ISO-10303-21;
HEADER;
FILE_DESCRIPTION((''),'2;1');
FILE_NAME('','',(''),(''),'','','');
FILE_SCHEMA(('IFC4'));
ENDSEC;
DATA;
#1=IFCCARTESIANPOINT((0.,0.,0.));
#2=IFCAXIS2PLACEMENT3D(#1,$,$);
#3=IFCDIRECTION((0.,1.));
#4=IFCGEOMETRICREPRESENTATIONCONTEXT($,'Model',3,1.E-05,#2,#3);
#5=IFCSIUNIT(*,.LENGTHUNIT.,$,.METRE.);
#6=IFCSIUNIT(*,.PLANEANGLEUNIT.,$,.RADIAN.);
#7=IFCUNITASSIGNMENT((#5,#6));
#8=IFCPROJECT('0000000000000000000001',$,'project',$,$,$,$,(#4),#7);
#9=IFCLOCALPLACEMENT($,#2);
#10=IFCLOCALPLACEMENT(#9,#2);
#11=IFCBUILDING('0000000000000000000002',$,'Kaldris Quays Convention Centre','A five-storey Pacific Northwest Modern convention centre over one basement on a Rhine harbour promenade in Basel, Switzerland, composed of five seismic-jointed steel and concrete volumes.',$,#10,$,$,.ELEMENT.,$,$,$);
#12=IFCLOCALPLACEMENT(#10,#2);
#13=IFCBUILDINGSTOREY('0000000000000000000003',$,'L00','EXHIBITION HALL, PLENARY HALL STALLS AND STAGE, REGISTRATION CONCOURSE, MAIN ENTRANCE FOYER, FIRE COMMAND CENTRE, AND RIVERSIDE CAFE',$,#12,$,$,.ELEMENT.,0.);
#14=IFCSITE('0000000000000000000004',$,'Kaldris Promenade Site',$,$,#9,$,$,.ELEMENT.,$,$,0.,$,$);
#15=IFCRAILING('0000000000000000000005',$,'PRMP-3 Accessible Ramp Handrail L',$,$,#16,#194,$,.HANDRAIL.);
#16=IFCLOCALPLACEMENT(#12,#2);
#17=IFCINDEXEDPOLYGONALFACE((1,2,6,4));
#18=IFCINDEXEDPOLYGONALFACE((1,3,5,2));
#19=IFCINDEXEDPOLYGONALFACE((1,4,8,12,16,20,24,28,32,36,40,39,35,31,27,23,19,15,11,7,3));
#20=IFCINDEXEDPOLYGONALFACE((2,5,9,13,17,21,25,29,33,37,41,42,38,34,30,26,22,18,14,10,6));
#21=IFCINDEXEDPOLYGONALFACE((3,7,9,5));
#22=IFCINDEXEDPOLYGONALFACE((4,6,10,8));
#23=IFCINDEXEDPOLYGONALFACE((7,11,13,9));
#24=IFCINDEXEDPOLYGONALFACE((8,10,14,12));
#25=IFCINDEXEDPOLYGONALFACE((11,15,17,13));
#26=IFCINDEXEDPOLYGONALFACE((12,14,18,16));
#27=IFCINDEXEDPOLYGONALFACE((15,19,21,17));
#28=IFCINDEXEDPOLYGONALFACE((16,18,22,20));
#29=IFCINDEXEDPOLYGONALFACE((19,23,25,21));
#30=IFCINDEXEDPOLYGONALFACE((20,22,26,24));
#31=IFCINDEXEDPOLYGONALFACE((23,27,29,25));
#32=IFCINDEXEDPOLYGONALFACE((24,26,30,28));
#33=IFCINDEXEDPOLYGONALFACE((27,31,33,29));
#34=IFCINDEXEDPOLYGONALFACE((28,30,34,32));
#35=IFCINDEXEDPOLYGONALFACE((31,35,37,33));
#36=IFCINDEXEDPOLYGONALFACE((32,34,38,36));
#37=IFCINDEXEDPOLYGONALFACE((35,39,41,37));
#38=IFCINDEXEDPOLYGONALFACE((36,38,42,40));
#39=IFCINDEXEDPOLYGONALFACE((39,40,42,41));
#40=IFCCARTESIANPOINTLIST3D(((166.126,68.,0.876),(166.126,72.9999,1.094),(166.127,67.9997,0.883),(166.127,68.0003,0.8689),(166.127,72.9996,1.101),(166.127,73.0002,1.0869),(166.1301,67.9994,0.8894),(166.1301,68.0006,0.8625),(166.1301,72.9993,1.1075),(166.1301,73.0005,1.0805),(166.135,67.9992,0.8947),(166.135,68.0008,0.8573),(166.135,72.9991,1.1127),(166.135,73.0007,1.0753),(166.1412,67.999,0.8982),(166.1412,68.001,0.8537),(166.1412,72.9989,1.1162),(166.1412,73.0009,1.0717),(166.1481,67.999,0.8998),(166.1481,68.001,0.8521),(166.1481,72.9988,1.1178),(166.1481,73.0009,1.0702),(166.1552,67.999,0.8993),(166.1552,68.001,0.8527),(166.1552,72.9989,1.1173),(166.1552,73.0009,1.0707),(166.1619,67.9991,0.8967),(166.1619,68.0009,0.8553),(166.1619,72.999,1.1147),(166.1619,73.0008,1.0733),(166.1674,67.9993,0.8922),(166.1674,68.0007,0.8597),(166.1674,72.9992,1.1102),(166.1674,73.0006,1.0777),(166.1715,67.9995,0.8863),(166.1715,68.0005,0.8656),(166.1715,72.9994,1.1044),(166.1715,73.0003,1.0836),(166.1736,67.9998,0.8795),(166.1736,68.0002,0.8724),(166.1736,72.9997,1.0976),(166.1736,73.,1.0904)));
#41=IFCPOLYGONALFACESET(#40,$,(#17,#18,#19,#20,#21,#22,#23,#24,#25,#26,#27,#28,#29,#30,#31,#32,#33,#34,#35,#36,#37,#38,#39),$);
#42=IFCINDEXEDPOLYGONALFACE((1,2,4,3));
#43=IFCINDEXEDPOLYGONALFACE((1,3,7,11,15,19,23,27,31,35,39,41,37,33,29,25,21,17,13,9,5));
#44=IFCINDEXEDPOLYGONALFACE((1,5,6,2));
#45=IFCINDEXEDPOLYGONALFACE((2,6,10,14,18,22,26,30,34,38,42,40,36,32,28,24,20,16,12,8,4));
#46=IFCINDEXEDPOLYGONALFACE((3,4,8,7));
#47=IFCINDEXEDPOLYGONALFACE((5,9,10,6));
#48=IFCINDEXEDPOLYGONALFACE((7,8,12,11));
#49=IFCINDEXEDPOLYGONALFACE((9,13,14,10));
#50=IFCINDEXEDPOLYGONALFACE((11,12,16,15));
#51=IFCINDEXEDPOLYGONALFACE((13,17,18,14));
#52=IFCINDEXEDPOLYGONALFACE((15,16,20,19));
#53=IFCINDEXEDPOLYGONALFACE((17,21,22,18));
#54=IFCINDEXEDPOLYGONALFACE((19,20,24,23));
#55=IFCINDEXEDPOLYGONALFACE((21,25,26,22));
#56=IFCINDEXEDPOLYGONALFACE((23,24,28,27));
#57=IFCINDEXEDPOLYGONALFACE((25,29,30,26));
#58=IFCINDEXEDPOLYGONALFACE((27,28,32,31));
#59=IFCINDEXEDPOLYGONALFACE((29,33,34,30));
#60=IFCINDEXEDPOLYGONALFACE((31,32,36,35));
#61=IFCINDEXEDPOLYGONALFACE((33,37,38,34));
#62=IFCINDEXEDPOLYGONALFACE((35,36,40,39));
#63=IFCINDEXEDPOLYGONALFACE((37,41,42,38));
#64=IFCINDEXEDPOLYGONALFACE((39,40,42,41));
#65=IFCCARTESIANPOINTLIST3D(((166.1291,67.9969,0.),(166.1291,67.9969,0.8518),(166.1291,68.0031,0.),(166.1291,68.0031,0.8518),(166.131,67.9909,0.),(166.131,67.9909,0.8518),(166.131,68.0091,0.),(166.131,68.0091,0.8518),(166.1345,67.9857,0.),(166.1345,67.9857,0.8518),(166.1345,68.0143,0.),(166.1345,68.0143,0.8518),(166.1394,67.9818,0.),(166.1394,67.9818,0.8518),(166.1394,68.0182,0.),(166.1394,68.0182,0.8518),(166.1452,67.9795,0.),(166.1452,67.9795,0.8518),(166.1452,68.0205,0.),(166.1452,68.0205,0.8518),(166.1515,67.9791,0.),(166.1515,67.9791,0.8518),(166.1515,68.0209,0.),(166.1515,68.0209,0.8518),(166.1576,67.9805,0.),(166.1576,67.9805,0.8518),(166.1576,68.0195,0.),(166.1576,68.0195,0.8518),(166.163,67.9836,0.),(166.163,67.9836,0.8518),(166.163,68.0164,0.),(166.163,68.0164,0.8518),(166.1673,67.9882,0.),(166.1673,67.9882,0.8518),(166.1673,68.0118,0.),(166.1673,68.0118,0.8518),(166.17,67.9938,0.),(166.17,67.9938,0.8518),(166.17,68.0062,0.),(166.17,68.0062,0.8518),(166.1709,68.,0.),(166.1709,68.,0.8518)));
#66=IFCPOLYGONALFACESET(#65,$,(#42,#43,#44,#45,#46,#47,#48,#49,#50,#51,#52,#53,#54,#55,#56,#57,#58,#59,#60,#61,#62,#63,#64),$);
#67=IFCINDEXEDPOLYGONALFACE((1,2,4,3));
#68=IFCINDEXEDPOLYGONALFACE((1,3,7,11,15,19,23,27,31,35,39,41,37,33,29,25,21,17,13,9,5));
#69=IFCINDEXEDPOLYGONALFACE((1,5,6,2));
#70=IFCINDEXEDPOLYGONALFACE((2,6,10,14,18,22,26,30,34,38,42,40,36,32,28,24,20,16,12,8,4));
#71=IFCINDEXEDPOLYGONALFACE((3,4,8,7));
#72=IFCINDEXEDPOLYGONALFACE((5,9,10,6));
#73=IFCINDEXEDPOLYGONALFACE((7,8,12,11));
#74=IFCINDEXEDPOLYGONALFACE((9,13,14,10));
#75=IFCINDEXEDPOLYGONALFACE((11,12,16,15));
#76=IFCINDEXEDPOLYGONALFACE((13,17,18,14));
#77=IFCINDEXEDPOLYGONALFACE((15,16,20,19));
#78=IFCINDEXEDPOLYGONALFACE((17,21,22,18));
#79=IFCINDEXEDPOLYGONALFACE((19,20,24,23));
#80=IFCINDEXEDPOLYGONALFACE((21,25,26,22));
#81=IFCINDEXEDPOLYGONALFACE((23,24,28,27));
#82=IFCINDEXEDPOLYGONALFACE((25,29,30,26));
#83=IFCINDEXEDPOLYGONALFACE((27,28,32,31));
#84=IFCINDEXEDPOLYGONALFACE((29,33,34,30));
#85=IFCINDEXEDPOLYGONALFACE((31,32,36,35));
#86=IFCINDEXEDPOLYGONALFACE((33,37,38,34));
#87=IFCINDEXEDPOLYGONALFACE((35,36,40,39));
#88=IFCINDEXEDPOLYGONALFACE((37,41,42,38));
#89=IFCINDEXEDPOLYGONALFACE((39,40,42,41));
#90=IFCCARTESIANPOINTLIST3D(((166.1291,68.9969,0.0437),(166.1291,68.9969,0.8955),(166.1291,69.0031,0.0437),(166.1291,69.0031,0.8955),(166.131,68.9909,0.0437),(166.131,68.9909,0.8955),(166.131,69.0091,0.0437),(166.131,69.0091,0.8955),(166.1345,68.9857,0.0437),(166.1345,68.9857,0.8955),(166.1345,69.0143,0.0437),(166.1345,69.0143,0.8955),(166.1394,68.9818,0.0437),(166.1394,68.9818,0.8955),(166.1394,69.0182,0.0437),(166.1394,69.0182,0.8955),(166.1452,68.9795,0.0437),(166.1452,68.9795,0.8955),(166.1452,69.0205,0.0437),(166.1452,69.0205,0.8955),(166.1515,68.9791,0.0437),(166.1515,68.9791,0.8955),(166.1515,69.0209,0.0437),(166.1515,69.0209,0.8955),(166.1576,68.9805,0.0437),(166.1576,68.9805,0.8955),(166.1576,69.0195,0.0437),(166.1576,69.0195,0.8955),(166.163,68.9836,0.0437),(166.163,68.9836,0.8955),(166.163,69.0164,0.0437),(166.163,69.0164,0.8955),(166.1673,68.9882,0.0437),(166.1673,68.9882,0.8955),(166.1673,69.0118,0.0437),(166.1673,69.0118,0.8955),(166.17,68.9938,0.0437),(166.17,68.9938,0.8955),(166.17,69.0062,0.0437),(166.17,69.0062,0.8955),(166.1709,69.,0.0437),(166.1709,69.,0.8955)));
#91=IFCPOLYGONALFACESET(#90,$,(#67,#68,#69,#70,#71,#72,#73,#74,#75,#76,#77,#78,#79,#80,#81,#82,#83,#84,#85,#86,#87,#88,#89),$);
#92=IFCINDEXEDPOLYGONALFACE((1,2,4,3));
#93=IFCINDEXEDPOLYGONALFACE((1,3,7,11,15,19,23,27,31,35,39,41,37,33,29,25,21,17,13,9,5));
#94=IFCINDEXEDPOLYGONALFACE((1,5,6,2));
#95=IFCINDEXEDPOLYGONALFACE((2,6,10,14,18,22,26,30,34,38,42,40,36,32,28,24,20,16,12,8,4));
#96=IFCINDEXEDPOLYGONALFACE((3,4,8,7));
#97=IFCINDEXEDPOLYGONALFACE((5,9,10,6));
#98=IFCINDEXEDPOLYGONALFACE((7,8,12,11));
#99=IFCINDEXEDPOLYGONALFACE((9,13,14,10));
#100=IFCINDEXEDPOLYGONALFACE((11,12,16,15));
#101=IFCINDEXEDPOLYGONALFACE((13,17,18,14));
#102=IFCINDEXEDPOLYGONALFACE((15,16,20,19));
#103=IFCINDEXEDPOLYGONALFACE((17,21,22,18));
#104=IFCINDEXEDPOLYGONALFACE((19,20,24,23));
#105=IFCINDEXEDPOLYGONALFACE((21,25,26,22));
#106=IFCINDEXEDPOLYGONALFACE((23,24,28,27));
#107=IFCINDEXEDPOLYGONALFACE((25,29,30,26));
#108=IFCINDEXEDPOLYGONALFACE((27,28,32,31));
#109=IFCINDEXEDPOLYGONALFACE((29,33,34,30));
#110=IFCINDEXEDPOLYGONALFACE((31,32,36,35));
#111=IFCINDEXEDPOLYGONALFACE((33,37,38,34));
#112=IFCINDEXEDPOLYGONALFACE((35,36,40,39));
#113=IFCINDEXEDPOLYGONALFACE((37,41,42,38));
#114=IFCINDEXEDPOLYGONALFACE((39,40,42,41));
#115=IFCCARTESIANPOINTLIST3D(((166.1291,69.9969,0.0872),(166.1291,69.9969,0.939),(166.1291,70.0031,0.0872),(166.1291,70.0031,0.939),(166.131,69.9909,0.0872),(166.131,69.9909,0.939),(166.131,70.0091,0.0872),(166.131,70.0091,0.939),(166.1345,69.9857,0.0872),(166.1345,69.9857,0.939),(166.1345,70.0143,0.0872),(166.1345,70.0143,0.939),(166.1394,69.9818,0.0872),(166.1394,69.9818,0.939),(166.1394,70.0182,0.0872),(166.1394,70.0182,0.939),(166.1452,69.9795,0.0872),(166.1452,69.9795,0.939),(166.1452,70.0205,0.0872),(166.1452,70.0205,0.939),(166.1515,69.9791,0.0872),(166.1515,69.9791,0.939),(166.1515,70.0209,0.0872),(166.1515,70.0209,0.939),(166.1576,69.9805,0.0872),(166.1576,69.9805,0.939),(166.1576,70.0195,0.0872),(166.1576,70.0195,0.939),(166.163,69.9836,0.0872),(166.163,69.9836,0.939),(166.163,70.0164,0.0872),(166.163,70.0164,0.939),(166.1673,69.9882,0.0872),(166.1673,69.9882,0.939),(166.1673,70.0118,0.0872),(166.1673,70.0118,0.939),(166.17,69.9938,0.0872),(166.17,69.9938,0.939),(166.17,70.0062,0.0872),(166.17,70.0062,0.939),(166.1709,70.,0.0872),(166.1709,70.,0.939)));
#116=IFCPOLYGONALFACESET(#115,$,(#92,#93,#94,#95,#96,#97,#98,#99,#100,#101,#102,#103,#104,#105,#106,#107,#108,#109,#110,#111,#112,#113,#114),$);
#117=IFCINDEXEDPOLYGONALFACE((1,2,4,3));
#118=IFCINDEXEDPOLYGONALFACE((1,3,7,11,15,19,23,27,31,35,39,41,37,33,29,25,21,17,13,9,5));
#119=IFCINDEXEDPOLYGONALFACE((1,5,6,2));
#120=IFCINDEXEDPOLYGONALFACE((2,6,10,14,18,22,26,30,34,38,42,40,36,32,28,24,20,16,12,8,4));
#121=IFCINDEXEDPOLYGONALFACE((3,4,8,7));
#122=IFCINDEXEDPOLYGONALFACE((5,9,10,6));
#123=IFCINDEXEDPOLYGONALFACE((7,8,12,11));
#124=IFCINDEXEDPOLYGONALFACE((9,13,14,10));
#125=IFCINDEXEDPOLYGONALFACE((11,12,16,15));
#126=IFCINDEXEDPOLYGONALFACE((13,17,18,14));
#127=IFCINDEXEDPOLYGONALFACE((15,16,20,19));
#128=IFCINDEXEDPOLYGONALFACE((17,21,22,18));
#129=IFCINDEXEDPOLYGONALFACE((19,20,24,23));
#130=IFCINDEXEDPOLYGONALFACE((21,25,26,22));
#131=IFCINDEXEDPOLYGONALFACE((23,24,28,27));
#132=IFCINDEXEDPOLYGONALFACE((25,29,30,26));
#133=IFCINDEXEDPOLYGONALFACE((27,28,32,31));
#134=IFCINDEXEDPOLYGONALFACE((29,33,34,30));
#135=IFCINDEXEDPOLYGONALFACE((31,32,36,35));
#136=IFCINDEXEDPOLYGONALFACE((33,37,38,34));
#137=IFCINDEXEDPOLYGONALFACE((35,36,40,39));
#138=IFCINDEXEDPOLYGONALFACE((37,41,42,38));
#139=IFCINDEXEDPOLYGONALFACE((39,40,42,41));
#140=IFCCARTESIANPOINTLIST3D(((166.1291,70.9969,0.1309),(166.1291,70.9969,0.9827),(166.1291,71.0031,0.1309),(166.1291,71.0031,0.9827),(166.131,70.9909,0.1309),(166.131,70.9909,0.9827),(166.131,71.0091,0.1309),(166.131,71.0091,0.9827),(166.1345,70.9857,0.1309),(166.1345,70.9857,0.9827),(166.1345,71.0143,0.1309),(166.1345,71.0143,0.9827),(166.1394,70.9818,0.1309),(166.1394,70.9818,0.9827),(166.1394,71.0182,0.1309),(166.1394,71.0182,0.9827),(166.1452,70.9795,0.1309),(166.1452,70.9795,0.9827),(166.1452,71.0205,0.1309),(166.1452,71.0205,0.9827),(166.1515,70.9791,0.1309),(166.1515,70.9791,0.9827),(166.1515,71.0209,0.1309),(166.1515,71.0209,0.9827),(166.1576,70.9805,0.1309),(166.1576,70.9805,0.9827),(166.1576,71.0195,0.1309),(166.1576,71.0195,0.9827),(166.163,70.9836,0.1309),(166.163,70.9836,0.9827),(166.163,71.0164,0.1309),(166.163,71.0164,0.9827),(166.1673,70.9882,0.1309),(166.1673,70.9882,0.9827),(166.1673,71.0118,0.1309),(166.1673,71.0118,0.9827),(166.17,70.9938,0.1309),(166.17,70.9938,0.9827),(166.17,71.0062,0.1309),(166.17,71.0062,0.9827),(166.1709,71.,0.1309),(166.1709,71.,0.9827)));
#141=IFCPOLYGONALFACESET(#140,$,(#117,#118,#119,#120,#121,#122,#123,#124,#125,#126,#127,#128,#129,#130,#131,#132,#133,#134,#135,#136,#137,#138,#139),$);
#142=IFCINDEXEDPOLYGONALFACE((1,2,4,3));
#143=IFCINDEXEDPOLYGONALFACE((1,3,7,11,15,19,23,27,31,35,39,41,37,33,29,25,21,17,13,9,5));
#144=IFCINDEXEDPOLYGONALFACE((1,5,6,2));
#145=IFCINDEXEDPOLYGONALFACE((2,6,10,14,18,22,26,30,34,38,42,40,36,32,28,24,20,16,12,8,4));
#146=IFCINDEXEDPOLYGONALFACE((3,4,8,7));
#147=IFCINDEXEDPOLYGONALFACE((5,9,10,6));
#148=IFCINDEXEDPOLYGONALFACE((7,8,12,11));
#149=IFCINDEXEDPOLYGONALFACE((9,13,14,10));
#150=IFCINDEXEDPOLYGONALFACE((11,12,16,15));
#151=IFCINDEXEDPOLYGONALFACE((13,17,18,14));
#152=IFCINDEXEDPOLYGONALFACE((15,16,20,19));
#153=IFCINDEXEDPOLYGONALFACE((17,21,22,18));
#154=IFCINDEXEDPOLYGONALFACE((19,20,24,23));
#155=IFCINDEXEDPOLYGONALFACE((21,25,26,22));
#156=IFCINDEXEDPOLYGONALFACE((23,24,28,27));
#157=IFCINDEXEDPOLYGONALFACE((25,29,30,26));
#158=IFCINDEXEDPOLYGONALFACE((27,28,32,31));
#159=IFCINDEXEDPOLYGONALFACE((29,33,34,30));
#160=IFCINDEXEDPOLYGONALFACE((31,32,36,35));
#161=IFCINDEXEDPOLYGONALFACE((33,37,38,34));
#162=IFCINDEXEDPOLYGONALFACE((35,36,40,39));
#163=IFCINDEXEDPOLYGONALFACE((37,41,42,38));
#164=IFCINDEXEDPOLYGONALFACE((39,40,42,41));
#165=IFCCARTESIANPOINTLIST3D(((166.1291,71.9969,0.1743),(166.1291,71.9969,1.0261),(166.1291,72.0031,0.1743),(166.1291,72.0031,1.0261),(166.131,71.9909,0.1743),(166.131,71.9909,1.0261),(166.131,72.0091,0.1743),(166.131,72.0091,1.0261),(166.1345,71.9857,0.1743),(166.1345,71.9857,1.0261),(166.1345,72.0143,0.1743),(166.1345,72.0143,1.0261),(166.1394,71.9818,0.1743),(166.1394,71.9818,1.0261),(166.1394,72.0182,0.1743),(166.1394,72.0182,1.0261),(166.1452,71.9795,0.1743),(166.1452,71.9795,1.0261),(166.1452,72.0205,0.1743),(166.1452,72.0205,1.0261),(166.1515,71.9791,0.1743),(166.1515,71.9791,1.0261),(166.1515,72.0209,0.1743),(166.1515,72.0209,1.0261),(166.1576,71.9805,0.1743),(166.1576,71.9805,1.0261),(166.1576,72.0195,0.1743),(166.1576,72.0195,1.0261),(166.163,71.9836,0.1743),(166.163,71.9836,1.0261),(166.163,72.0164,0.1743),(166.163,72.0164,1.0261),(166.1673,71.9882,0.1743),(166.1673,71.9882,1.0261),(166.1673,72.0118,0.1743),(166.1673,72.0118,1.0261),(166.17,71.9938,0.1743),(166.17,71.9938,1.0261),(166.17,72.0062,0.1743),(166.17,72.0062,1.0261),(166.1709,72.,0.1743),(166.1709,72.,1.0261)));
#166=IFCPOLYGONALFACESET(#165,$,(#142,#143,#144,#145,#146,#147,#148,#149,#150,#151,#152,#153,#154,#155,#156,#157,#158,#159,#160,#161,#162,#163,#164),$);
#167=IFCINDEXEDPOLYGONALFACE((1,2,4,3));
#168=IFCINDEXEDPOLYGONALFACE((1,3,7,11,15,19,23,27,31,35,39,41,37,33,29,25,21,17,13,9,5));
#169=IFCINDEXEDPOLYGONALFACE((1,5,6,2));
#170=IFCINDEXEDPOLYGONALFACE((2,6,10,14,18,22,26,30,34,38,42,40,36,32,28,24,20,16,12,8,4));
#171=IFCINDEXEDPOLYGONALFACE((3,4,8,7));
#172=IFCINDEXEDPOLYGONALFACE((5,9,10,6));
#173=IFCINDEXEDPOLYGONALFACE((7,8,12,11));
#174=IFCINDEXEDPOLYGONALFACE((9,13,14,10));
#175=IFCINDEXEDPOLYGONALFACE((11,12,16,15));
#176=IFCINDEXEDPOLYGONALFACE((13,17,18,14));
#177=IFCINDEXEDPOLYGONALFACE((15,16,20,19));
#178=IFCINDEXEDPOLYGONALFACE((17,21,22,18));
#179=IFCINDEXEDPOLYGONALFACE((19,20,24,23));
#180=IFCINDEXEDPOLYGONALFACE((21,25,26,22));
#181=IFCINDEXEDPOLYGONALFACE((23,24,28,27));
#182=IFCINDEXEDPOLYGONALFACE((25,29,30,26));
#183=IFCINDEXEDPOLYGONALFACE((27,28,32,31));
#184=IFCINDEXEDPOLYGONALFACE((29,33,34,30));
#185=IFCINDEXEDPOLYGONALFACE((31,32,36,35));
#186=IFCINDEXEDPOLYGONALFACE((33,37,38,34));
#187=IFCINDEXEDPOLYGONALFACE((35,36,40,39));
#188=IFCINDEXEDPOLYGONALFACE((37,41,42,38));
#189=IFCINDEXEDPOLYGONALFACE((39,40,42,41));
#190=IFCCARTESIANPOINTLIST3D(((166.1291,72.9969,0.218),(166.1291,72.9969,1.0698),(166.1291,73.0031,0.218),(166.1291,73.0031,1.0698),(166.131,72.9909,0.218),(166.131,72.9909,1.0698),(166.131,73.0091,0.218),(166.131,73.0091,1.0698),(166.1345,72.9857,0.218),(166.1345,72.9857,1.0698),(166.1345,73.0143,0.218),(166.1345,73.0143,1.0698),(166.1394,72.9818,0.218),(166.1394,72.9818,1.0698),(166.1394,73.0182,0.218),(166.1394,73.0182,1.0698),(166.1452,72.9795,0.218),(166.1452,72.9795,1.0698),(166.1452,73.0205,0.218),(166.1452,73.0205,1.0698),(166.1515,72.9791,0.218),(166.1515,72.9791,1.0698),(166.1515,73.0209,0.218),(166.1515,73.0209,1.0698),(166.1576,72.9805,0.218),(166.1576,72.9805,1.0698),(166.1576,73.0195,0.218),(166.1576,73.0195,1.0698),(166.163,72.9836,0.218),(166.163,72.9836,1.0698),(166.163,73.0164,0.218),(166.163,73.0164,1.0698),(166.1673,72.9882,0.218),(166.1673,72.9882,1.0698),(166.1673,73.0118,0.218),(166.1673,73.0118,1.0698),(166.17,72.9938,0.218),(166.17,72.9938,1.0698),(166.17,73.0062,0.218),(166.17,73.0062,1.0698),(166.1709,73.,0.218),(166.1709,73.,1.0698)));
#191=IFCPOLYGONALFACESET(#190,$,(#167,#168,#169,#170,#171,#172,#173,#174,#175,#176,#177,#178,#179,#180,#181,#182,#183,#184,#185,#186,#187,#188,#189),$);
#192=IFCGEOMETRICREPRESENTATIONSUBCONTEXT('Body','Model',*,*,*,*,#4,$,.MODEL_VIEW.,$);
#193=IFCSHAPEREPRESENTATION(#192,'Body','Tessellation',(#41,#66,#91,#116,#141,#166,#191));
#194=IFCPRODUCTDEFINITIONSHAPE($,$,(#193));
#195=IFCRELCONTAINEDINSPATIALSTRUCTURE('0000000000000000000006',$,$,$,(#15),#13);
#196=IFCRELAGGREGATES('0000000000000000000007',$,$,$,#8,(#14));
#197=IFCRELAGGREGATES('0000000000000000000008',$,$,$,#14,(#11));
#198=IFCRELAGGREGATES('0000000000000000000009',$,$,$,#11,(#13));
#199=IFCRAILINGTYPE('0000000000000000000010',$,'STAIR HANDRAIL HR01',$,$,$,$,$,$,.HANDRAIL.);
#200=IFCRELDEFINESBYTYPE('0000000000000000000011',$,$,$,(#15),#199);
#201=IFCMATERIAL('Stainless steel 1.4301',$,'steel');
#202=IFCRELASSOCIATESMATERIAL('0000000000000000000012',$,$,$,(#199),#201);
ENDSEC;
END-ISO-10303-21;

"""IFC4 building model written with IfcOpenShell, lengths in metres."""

from ifc_helpers import new_model, si_unit, direction, frame, origin, origin_2d, place, context, subcontext, project, spatial, circle, extrude, material, type_object, element, save


model = new_model("IFC4")

# Units and contexts
model_context = context("Model", 3, precision=1e-05, world=origin(), true_north=direction((0.0, 1.0)))
body_context = subcontext(model_context, "Body", "Model", "MODEL_VIEW")
ifc_project = project(units=[si_unit("LENGTHUNIT", "METRE"), si_unit("PLANEANGLEUNIT", "RADIAN")], contexts=[model_context])

# Site, building, storey
site_placement = place(None, origin())
site = spatial("IfcSite", under=ifc_project, at=site_placement, Name="Kaldris Promenade Site", CompositionType="ELEMENT", RefElevation=0.0)
building_placement = place(site_placement, origin())
building = spatial("IfcBuilding", under=site, at=building_placement, Name="Kaldris Quays Convention Centre", Description="A five-storey Pacific Northwest Modern convention centre over one basement on a Rhine harbour promenade in Basel, Switzerland, composed of five seismic-jointed steel and concrete volumes.", CompositionType="ELEMENT")
storey_placement = place(building_placement, origin())
storey = spatial("IfcBuildingStorey", under=building, at=storey_placement, Name="L00", Description="EXHIBITION HALL, PLENARY HALL STALLS AND STAGE, REGISTRATION CONCOURSE, MAIN ENTRANCE FOYER, FIRE COMMAND CENTRE, AND RIVERSIDE CAFE", CompositionType="ELEMENT", Elevation=0.0)

# Railing
ifc_material_1 = material(Name="Stainless steel 1.4301", Category="steel")
railing_type_1 = type_object("IfcRailingType", Name="STAIR HANDRAIL HR01", PredefinedType="HANDRAIL", material=ifc_material_1)
for number, where, name in (
    (1, (166.1499, 68.0, 0.0), "PRMP-3 Accessible Ramp Handrail L"),
):
    element("IfcRailing", number, at=place(storey_placement, frame(where)), inside=storey, type_object=railing_type_1, Name=name, PredefinedType="HANDRAIL", context=body_context, shape_type="SweptSolid", body=[
        extrude(circle(Radius=0.0239, at=origin_2d()), frame((0.0, 0.0, 0.876), z_axis=(0.0, 0.999051, 0.043562), x_axis=(-1.0, 0.0, 0.0)), (0.0, 0.0, 1.0), 5.0046),
        extrude(circle(Radius=0.021, at=origin_2d()), origin(), (0.0, 0.0, 1.0), 0.8518),
        extrude(circle(Radius=0.021, at=origin_2d()), frame((0.0, 1.0, 0.0437)), (0.0, 0.0, 1.0), 0.8518),
        extrude(circle(Radius=0.021, at=origin_2d()), frame((0.0, 2.0, 0.0872)), (0.0, 0.0, 1.0), 0.8518),
        extrude(circle(Radius=0.021, at=origin_2d()), frame((0.0, 3.0, 0.1309)), (0.0, 0.0, 1.0), 0.8518),
        extrude(circle(Radius=0.021, at=origin_2d()), frame((0.0, 4.0, 0.1743)), (0.0, 0.0, 1.0), 0.8518),
        extrude(circle(Radius=0.021, at=origin_2d()), frame((0.0, 5.0, 0.218)), (0.0, 0.0, 1.0), 0.8518),
    ])

save(model, "model.ifc")
